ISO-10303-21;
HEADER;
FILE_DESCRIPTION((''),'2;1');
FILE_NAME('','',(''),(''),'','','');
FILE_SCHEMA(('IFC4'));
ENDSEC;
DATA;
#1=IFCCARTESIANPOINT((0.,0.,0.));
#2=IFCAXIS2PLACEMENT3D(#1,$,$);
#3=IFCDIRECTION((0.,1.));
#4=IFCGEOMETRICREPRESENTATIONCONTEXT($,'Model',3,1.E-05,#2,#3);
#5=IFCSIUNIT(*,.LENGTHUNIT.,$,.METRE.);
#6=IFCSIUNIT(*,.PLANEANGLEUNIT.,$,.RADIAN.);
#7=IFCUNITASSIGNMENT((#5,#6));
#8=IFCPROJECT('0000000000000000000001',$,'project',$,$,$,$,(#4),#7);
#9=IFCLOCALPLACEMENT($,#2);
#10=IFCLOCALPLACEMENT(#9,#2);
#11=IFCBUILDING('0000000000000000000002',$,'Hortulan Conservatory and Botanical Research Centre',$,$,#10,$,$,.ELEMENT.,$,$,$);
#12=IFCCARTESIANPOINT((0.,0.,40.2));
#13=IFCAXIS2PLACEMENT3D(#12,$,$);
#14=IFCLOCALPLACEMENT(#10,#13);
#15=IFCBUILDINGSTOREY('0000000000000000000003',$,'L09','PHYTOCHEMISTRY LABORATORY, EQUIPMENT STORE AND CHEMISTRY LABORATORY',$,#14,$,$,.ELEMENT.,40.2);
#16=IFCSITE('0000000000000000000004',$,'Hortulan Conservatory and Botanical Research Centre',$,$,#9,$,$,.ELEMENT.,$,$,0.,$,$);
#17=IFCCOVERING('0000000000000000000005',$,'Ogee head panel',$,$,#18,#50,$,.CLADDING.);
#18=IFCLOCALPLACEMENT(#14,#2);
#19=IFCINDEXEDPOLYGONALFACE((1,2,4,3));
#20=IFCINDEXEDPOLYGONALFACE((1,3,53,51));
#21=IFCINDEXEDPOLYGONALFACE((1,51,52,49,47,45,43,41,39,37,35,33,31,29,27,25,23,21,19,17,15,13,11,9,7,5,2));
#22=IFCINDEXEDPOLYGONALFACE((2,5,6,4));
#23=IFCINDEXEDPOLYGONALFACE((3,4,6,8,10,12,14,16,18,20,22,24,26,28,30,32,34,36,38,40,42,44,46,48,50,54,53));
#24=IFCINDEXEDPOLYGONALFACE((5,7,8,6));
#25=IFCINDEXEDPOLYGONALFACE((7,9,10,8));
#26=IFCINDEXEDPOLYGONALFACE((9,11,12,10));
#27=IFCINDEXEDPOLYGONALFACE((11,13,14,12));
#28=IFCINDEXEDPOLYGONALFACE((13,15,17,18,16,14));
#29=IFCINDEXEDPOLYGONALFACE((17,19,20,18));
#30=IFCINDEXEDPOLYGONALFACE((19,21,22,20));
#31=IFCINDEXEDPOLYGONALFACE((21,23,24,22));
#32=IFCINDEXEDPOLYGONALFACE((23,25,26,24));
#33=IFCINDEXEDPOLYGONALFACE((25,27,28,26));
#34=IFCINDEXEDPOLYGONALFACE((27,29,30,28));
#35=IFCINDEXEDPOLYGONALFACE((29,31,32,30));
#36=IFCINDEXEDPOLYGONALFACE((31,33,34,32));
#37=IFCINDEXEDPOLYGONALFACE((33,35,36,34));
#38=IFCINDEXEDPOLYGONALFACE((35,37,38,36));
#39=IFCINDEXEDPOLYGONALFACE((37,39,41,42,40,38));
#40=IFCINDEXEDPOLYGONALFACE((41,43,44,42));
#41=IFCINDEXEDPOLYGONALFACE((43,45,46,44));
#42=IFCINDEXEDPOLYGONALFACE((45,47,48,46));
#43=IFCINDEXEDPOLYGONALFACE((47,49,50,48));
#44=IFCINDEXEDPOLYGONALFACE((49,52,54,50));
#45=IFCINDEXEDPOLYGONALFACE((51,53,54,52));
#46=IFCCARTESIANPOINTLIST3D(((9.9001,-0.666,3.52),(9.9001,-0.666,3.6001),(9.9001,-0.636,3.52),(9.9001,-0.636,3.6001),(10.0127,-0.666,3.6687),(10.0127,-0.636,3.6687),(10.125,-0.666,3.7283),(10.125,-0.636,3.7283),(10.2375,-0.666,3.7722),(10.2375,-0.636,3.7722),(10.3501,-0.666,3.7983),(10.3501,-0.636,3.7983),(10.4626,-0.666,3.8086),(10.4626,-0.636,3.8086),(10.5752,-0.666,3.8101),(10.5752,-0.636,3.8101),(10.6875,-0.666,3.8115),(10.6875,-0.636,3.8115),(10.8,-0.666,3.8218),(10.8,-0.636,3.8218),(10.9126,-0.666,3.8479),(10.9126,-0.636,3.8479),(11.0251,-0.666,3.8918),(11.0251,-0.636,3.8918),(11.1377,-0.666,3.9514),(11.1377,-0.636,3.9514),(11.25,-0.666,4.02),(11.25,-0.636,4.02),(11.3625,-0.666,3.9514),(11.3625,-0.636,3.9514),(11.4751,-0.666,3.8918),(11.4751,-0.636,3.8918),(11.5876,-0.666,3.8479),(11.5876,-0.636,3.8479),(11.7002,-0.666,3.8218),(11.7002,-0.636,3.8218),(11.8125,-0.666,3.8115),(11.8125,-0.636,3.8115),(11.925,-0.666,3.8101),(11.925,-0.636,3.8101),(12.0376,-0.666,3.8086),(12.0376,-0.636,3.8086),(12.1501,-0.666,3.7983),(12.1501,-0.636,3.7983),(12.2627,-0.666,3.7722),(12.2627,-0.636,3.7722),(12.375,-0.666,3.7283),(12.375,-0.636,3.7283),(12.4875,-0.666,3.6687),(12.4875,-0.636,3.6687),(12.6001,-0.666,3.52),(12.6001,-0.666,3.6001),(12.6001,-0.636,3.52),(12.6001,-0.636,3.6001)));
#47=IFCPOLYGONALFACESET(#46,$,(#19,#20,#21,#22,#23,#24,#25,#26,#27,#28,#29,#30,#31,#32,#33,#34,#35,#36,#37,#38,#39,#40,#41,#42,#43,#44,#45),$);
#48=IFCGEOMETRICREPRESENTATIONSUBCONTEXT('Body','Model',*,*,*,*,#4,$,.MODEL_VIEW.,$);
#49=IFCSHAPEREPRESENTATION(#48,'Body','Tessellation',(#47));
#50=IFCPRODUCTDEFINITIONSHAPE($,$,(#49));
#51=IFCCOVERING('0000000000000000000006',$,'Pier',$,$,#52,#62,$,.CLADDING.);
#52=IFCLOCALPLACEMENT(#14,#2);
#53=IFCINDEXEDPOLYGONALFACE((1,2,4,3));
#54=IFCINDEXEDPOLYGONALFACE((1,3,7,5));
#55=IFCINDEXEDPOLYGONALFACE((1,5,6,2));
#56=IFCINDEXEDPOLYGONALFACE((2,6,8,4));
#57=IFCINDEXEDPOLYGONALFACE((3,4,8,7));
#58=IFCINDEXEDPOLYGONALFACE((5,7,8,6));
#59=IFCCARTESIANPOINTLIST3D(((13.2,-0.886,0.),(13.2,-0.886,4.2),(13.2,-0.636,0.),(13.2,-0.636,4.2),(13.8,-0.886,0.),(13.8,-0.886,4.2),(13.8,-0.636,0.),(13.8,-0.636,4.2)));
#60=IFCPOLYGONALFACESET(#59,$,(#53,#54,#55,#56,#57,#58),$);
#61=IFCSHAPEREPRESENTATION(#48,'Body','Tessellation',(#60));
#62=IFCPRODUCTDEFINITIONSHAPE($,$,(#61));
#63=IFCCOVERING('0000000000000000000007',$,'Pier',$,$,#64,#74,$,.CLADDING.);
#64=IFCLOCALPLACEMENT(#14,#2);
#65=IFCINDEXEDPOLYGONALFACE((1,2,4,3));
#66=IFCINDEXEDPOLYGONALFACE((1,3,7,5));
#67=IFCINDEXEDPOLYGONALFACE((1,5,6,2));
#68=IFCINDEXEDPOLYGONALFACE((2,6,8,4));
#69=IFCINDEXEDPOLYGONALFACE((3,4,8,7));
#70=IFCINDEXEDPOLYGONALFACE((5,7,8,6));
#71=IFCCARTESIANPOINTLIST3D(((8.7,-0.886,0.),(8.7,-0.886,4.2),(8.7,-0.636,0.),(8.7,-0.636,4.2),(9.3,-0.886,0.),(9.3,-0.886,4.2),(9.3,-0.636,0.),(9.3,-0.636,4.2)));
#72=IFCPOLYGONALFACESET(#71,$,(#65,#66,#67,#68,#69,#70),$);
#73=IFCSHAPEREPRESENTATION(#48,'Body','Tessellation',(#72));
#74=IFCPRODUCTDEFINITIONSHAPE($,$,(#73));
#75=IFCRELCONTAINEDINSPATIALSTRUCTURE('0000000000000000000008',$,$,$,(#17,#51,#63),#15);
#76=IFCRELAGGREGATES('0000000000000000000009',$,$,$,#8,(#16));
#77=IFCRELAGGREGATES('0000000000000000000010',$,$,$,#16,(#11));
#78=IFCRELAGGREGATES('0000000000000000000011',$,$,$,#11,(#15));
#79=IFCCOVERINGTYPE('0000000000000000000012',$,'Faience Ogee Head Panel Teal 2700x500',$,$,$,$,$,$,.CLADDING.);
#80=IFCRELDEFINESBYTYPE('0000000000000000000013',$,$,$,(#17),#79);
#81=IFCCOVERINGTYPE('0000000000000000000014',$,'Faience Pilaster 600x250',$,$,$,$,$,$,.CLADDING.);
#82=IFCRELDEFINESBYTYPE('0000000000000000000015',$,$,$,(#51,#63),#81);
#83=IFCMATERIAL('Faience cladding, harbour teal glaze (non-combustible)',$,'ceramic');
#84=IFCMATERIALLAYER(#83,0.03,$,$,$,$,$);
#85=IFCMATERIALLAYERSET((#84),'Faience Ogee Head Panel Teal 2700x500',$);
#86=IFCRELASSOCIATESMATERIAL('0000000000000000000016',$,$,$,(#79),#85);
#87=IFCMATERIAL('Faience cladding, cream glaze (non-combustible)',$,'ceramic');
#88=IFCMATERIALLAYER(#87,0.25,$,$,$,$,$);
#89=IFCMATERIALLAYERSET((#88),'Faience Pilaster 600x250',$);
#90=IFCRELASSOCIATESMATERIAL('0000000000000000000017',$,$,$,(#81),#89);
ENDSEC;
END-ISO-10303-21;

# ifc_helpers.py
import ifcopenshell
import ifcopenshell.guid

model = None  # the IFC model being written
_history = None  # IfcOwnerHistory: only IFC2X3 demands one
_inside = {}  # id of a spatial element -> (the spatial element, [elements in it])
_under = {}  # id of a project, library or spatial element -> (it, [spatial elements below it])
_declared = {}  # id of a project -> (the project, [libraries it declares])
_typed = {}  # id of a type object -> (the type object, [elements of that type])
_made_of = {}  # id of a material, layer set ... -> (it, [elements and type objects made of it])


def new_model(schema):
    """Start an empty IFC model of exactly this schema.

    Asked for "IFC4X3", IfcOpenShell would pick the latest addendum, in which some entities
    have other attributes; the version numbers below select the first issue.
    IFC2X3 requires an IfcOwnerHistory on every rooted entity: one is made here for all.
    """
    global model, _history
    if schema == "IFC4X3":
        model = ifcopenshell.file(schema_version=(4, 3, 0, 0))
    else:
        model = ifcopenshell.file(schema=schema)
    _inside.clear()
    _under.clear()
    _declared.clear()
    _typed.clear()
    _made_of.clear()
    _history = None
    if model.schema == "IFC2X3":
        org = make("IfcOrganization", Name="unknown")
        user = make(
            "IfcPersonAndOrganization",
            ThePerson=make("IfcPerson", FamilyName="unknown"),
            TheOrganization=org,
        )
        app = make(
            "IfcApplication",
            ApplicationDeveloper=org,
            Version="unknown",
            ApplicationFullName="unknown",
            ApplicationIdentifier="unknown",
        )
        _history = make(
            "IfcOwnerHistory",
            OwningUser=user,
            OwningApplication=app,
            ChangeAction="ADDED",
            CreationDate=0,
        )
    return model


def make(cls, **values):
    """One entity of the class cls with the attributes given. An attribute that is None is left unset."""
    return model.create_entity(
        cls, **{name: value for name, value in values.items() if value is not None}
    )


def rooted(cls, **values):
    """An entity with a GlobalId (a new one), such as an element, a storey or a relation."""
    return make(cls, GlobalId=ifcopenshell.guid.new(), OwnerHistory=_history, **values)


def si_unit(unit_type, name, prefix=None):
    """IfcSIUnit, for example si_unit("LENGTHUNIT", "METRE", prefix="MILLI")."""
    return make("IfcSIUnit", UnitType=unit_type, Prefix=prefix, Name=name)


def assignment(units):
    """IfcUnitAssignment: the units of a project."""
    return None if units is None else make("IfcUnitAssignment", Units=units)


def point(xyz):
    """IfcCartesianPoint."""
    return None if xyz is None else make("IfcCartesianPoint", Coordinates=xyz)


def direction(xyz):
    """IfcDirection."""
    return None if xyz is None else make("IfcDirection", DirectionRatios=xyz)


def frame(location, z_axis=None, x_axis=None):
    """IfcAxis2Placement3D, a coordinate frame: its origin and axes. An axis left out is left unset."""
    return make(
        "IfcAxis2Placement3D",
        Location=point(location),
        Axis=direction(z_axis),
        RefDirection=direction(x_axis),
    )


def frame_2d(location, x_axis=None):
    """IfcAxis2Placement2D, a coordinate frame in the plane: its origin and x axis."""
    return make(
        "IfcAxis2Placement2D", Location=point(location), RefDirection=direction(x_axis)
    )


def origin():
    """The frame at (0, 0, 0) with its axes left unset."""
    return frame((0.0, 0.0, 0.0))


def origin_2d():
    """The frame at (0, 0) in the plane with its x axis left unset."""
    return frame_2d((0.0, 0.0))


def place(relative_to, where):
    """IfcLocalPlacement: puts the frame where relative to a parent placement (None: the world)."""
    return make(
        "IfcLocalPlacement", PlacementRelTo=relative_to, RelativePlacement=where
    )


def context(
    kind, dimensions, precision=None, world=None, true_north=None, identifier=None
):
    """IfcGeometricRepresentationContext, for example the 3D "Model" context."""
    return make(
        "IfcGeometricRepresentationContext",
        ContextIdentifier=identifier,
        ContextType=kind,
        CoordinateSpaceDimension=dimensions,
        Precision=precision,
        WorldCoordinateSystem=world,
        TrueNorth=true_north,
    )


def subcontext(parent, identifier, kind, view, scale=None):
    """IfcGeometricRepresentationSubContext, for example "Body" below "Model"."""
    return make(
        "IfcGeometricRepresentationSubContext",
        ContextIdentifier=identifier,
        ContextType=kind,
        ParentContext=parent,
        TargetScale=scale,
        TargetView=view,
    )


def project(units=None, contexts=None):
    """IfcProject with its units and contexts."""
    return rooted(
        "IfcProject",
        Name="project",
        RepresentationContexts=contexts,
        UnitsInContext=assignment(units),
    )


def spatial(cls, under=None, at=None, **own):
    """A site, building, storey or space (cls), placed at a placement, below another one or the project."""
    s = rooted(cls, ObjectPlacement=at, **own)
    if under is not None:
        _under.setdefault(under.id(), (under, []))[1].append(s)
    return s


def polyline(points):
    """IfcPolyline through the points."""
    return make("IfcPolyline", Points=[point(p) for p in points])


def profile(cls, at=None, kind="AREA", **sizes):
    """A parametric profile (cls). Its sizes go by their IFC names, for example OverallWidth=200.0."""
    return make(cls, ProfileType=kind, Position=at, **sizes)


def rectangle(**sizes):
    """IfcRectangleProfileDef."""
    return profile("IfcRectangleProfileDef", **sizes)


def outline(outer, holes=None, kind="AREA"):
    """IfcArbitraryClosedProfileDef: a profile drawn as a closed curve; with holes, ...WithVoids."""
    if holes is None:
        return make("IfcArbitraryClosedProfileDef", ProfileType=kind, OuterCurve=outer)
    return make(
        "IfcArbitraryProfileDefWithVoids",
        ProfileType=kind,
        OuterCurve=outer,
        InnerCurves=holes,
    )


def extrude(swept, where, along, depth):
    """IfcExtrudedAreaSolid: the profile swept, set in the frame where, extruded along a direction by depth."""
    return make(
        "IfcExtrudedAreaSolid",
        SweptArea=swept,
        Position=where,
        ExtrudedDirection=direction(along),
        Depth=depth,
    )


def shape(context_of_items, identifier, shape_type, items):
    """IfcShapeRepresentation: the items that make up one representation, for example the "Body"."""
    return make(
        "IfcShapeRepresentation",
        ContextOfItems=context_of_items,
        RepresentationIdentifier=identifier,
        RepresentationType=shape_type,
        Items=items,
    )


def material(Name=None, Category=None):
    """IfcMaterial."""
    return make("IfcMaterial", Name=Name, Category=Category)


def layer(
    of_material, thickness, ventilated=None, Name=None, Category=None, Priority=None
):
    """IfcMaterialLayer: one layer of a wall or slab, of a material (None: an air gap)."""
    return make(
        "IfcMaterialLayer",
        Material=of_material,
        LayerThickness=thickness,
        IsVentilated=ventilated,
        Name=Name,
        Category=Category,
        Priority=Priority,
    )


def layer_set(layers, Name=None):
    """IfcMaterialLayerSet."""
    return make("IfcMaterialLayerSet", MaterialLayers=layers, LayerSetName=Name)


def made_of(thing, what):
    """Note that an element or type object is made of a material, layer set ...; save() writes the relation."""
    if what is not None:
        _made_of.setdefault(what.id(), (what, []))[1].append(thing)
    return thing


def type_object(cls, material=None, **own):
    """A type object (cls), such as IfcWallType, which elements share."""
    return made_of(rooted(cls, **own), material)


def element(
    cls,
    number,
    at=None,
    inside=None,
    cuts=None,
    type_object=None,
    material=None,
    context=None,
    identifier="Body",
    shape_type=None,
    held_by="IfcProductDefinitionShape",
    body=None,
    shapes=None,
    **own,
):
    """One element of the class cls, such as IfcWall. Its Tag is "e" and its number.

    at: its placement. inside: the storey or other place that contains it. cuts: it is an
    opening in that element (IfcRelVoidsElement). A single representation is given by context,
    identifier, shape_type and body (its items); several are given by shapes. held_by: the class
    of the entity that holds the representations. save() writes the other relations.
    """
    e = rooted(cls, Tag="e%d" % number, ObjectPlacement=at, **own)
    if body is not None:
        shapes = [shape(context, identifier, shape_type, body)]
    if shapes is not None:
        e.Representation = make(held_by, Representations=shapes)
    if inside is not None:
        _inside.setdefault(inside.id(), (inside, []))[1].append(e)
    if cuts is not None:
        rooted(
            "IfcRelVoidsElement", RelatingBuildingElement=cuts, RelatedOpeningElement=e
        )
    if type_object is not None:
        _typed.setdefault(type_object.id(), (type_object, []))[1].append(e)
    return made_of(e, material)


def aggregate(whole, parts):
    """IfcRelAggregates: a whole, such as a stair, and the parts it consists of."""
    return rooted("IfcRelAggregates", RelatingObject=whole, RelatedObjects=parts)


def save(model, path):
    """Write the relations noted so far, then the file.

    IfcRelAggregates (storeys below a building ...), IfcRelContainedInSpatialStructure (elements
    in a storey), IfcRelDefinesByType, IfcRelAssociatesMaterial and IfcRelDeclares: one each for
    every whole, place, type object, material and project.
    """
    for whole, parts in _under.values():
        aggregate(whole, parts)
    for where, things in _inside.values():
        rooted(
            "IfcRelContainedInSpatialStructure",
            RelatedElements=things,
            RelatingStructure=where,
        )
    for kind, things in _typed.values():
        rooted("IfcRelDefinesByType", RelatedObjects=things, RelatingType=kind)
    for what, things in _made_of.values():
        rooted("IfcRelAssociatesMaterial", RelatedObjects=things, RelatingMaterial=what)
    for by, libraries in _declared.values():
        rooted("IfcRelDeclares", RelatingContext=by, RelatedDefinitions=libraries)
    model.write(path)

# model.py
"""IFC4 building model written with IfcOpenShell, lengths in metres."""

from ifc_helpers import new_model, si_unit, direction, frame, origin, origin_2d, place, context, subcontext, project, spatial, polyline, rectangle, outline, extrude, material, layer, layer_set, type_object, element, save


model = new_model("IFC4")

# Units and contexts
model_context = context("Model", 3, precision=1e-05, world=origin(), true_north=direction((0.0, 1.0)))
body_context = subcontext(model_context, "Body", "Model", "MODEL_VIEW")
ifc_project = project(units=[si_unit("LENGTHUNIT", "METRE"), si_unit("PLANEANGLEUNIT", "RADIAN")], contexts=[model_context])

# Site, building, storey
site_placement = place(None, origin())
site = spatial("IfcSite", under=ifc_project, at=site_placement, Name="Hortulan Conservatory and Botanical Research Centre", CompositionType="ELEMENT", RefElevation=0.0)
building_placement = place(site_placement, origin())
building = spatial("IfcBuilding", under=site, at=building_placement, Name="Hortulan Conservatory and Botanical Research Centre", CompositionType="ELEMENT")
storey_placement = place(building_placement, frame((0.0, 0.0, 40.2)))
storey = spatial("IfcBuildingStorey", under=building, at=storey_placement, Name="L09", Description="PHYTOCHEMISTRY LABORATORY, EQUIPMENT STORE AND CHEMISTRY LABORATORY", CompositionType="ELEMENT", Elevation=40.2)

# Coverings
ifc_material_1 = material(Name="Faience cladding, harbour teal glaze (non-combustible)", Category="ceramic")
ifc_layer_1 = layer(ifc_material_1, 0.03)
ifc_layer_set_1 = layer_set([ifc_layer_1], Name="Faience Ogee Head Panel Teal 2700x500")
covering_type_1 = type_object("IfcCoveringType", Name="Faience Ogee Head Panel Teal 2700x500", PredefinedType="CLADDING", material=ifc_layer_set_1)
for number, where, z_axis, x_axis, name in (
    (1, (12.6001, -0.6509, 3.52), (0.0, 0.0, 1.0), (-1.0, 0.0, 0.0), "Ogee head panel"),
):
    element("IfcCovering", number, at=place(storey_placement, frame(where, z_axis=z_axis, x_axis=x_axis)), inside=storey, type_object=covering_type_1, Name=name, PredefinedType="CLADDING", context=body_context, shape_type="SweptSolid", body=[
        extrude(outline(polyline([(0.0, 0.0), (2.7, 0.0), (2.7, 0.0801), (2.5874, 0.1487), (2.4751, 0.2083), (2.3625, 0.2522), (2.25, 0.2783), (2.1375, 0.2886), (2.0249, 0.29), (1.9126, 0.2915), (1.8, 0.3018), (1.6875, 0.3279), (1.575, 0.3718), (1.4624, 0.4314), (1.3501, 0.5), (1.2375, 0.4314), (1.125, 0.3718), (1.0125, 0.3279), (0.8999, 0.3018), (0.7876, 0.2915), (0.675, 0.29), (0.5625, 0.2886), (0.45, 0.2783), (0.3374, 0.2522), (0.2251, 0.2083), (0.1125, 0.1487), (0.0, 0.0801), (0.0, 0.0)])), frame((0.0, 0.0151, 0.0), z_axis=(0.0, -1.0, 0.0), x_axis=(1.0, 0.0, 0.0)), (0.0, 0.0, 1.0), 0.03),
    ])
ifc_material_2 = material(Name="Faience cladding, cream glaze (non-combustible)", Category="ceramic")
ifc_layer_2 = layer(ifc_material_2, 0.25)
ifc_layer_set_2 = layer_set([ifc_layer_2], Name="Faience Pilaster 600x250")
covering_type_2 = type_object("IfcCoveringType", Name="Faience Pilaster 600x250", PredefinedType="CLADDING", material=ifc_layer_set_2)
for number, where, z_axis, x_axis, name in (
    (2, (13.5, -0.761, 0.0), (0.0, 0.0, 1.0), (-1.0, 0.0, 0.0), "Pier"),
    (3, (9.0, -0.761, 0.0), (0.0, 0.0, 1.0), (-1.0, 0.0, 0.0), "Pier"),
):
    element("IfcCovering", number, at=place(storey_placement, frame(where, z_axis=z_axis, x_axis=x_axis)), inside=storey, type_object=covering_type_2, Name=name, PredefinedType="CLADDING", context=body_context, shape_type="SweptSolid", body=[
        extrude(rectangle(XDim=0.6001, YDim=0.25, at=origin_2d()), origin(), (0.0, 0.0, 1.0), 4.2),
    ])

save(model, "model.ifc")
